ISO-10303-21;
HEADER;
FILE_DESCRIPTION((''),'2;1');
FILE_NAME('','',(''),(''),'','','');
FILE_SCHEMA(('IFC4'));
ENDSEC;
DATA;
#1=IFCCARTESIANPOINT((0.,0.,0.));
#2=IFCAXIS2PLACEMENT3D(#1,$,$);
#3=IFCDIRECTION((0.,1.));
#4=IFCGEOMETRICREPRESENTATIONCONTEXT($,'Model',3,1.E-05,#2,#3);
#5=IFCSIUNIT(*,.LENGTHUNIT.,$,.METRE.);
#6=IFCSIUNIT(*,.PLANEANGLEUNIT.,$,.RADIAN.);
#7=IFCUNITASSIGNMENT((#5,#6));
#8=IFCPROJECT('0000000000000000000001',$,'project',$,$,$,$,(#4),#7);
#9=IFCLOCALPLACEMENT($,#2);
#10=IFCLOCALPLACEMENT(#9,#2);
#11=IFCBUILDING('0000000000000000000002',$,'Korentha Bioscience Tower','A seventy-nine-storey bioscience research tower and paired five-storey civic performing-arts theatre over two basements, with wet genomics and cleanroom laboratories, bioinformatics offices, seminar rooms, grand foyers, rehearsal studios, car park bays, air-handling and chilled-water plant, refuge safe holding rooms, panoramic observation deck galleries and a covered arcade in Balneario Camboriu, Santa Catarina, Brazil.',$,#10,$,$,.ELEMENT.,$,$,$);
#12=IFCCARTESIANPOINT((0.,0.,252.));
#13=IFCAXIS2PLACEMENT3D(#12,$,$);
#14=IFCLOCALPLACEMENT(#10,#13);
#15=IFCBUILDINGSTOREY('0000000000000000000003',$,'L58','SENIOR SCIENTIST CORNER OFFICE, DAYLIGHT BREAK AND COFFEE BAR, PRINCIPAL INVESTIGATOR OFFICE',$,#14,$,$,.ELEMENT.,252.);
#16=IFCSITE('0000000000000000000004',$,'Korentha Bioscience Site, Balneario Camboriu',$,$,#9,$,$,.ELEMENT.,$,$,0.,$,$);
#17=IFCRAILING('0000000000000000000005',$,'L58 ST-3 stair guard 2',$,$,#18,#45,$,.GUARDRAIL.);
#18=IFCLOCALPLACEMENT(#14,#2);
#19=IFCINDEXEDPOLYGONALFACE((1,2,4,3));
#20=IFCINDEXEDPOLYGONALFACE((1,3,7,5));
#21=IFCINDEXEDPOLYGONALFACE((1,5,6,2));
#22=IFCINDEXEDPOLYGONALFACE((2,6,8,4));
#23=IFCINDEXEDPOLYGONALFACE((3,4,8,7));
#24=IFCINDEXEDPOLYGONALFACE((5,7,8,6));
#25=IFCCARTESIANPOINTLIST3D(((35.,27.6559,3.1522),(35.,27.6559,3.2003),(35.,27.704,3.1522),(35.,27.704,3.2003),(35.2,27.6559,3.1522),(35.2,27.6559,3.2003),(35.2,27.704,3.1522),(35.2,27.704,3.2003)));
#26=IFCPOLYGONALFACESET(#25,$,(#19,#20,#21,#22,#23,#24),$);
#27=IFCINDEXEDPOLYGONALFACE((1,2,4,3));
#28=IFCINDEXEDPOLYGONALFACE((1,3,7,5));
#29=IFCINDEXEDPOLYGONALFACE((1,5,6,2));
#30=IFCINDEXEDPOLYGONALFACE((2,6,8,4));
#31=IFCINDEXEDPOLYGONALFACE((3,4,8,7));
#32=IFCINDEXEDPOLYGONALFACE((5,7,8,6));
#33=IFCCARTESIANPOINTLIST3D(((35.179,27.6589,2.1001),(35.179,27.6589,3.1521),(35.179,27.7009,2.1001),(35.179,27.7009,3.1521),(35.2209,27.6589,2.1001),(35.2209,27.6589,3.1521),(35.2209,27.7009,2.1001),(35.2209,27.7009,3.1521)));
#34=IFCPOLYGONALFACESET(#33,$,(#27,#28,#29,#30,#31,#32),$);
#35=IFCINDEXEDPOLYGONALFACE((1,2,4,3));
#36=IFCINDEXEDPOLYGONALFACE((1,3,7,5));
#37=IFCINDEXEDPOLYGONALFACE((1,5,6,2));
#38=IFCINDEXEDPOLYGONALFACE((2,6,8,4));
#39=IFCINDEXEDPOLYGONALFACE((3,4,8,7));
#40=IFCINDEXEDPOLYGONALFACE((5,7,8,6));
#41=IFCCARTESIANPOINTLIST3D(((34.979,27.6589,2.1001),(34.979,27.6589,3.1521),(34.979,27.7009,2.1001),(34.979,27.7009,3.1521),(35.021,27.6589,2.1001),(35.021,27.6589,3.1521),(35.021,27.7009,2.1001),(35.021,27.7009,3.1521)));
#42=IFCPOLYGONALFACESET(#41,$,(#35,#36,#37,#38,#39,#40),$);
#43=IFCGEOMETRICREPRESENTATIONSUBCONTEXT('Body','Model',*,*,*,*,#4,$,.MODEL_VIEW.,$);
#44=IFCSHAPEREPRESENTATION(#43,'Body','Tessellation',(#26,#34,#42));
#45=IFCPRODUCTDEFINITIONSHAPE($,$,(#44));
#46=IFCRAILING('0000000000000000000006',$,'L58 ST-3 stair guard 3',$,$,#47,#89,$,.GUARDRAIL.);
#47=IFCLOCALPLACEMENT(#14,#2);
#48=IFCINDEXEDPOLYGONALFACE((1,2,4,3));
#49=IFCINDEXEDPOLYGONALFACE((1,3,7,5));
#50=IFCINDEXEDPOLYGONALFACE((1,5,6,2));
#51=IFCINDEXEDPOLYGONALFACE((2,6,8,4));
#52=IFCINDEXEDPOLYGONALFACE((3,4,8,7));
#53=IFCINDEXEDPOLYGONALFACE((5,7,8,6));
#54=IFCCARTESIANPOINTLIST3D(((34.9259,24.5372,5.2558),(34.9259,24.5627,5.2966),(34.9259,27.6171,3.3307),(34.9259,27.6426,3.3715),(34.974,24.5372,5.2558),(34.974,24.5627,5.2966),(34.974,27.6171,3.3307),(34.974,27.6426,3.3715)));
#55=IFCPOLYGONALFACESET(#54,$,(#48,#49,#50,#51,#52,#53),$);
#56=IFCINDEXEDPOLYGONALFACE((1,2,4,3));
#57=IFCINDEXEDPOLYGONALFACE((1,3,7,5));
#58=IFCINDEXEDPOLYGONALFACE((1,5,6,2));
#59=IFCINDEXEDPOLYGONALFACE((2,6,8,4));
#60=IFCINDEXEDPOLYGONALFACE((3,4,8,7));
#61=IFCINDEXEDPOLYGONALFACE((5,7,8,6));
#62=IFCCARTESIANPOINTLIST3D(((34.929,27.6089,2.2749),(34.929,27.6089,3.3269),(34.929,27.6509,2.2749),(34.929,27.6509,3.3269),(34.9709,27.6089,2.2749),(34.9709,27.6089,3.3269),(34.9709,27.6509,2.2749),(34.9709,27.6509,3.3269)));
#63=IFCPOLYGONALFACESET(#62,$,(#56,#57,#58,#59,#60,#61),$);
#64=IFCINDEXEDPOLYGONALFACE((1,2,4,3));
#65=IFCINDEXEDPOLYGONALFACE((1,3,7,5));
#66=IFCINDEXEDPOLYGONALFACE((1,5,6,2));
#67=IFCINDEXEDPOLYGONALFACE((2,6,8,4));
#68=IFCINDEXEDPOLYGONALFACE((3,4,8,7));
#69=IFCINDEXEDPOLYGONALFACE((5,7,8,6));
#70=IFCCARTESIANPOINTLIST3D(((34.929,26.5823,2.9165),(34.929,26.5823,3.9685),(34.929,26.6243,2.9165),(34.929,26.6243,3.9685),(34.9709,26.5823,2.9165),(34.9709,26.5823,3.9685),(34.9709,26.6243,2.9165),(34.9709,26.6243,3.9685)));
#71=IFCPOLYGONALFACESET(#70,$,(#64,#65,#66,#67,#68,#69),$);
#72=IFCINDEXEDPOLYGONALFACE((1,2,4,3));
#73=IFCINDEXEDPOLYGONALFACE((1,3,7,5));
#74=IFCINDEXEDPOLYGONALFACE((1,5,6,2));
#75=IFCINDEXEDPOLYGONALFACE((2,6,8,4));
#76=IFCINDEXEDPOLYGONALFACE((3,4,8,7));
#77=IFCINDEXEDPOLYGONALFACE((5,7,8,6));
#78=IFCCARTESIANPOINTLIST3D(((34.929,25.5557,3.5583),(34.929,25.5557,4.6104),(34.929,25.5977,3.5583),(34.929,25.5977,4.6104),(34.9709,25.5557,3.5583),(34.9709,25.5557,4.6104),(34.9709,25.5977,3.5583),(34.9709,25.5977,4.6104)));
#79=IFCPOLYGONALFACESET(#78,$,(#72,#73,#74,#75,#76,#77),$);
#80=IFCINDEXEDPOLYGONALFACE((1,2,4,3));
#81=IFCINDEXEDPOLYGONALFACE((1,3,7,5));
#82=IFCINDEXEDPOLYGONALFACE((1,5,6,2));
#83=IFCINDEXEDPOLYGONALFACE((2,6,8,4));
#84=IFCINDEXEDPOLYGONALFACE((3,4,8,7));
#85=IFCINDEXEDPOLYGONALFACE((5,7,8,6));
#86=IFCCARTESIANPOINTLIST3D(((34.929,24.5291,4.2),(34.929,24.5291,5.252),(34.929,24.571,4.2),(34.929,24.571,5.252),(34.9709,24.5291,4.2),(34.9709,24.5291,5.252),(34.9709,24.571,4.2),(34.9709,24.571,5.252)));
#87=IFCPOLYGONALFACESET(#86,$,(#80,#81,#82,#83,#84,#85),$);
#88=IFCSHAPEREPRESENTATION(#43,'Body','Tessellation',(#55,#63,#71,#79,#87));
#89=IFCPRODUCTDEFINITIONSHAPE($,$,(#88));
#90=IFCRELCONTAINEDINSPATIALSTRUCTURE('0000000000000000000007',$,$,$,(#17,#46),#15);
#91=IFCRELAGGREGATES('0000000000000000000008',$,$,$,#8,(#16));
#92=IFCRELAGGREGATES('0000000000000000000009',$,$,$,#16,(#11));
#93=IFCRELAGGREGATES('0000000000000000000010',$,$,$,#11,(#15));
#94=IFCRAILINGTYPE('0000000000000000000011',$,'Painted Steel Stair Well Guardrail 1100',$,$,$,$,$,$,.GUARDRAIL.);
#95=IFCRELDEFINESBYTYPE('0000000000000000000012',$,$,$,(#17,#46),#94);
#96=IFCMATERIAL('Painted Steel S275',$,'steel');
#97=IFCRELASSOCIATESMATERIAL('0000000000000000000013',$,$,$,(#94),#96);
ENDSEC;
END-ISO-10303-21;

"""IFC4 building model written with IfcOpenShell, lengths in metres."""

from ifc_helpers import new_model, si_unit, direction, frame, origin, origin_2d, place, context, subcontext, project, spatial, rectangle, extrude, material, type_object, element, save


model = new_model("IFC4")

# Units and contexts
model_context = context("Model", 3, precision=1e-05, world=origin(), true_north=direction((0.0, 1.0)))
body_context = subcontext(model_context, "Body", "Model", "MODEL_VIEW")
ifc_project = project(units=[si_unit("LENGTHUNIT", "METRE"), si_unit("PLANEANGLEUNIT", "RADIAN")], contexts=[model_context])

# Site, building, storey
site_placement = place(None, origin())
site = spatial("IfcSite", under=ifc_project, at=site_placement, Name="Korentha Bioscience Site, Balneario Camboriu", CompositionType="ELEMENT", RefElevation=0.0)
building_placement = place(site_placement, origin())
building = spatial("IfcBuilding", under=site, at=building_placement, Name="Korentha Bioscience Tower", Description="A seventy-nine-storey bioscience research tower and paired five-storey civic performing-arts theatre over two basements, with wet genomics and cleanroom laboratories, bioinformatics offices, seminar rooms, grand foyers, rehearsal studios, car park bays, air-handling and chilled-water plant, refuge safe holding rooms, panoramic observation deck galleries and a covered arcade in Balneario Camboriu, Santa Catarina, Brazil.", CompositionType="ELEMENT")
storey_placement = place(building_placement, frame((0.0, 0.0, 252.0)))
storey = spatial("IfcBuildingStorey", under=building, at=storey_placement, Name="L58", Description="SENIOR SCIENTIST CORNER OFFICE, DAYLIGHT BREAK AND COFFEE BAR, PRINCIPAL INVESTIGATOR OFFICE", CompositionType="ELEMENT", Elevation=252.0)

# Railings
ifc_material_1 = material(Name="Painted Steel S275", Category="steel")
railing_type_1 = type_object("IfcRailingType", Name="Painted Steel Stair Well Guardrail 1100", PredefinedType="GUARDRAIL", material=ifc_material_1)
railing_1_placement = place(storey_placement, frame((35.2, 27.6799, 2.1001)))
element("IfcRailing", 1, at=railing_1_placement, inside=storey, type_object=railing_type_1, Name="L58 ST-3 stair guard 2", PredefinedType="GUARDRAIL", context=body_context, shape_type="SweptSolid", body=[
    extrude(rectangle(XDim=0.0481, YDim=0.0481, at=origin_2d()), frame((0.0, 0.0, 1.0762), z_axis=(-1.0, 0.0, 0.0), x_axis=(0.0, -1.0, 0.0)), (0.0, 0.0, 1.0), 0.2),
    extrude(rectangle(XDim=0.042, YDim=0.042, at=origin_2d()), origin(), (0.0, 0.0, 1.0), 1.052),
    extrude(rectangle(XDim=0.042, YDim=0.042, at=origin_2d()), frame((-0.2, 0.0, 0.0)), (0.0, 0.0, 1.0), 1.052),
])
railing_2_placement = place(storey_placement, frame((34.95, 27.6299, 2.2749)))
element("IfcRailing", 2, at=railing_2_placement, inside=storey, type_object=railing_type_1, Name="L58 ST-3 stair guard 3", PredefinedType="GUARDRAIL", context=body_context, shape_type="SweptSolid", body=[
    extrude(rectangle(XDim=0.0481, YDim=0.0481, at=origin_2d()), frame((0.0, 0.0, 1.0762), z_axis=(0.0, -0.847979, 0.530029), x_axis=(1.0, 0.0, 0.0)), (0.0, 0.0, 1.0), 3.6321),
    extrude(rectangle(XDim=0.042, YDim=0.042, at=origin_2d()), origin(), (0.0, 0.0, 1.0), 1.052),
    extrude(rectangle(XDim=0.042, YDim=0.042, at=origin_2d()), frame((0.0, -1.0266, 0.6416)), (0.0, 0.0, 1.0), 1.052),
    extrude(rectangle(XDim=0.042, YDim=0.042, at=origin_2d()), frame((0.0, -2.0532, 1.2834)), (0.0, 0.0, 1.0), 1.052),
    extrude(rectangle(XDim=0.042, YDim=0.042, at=origin_2d()), frame((0.0, -3.0798, 1.925)), (0.0, 0.0, 1.0), 1.052),
])

save(model, "model.ifc")
